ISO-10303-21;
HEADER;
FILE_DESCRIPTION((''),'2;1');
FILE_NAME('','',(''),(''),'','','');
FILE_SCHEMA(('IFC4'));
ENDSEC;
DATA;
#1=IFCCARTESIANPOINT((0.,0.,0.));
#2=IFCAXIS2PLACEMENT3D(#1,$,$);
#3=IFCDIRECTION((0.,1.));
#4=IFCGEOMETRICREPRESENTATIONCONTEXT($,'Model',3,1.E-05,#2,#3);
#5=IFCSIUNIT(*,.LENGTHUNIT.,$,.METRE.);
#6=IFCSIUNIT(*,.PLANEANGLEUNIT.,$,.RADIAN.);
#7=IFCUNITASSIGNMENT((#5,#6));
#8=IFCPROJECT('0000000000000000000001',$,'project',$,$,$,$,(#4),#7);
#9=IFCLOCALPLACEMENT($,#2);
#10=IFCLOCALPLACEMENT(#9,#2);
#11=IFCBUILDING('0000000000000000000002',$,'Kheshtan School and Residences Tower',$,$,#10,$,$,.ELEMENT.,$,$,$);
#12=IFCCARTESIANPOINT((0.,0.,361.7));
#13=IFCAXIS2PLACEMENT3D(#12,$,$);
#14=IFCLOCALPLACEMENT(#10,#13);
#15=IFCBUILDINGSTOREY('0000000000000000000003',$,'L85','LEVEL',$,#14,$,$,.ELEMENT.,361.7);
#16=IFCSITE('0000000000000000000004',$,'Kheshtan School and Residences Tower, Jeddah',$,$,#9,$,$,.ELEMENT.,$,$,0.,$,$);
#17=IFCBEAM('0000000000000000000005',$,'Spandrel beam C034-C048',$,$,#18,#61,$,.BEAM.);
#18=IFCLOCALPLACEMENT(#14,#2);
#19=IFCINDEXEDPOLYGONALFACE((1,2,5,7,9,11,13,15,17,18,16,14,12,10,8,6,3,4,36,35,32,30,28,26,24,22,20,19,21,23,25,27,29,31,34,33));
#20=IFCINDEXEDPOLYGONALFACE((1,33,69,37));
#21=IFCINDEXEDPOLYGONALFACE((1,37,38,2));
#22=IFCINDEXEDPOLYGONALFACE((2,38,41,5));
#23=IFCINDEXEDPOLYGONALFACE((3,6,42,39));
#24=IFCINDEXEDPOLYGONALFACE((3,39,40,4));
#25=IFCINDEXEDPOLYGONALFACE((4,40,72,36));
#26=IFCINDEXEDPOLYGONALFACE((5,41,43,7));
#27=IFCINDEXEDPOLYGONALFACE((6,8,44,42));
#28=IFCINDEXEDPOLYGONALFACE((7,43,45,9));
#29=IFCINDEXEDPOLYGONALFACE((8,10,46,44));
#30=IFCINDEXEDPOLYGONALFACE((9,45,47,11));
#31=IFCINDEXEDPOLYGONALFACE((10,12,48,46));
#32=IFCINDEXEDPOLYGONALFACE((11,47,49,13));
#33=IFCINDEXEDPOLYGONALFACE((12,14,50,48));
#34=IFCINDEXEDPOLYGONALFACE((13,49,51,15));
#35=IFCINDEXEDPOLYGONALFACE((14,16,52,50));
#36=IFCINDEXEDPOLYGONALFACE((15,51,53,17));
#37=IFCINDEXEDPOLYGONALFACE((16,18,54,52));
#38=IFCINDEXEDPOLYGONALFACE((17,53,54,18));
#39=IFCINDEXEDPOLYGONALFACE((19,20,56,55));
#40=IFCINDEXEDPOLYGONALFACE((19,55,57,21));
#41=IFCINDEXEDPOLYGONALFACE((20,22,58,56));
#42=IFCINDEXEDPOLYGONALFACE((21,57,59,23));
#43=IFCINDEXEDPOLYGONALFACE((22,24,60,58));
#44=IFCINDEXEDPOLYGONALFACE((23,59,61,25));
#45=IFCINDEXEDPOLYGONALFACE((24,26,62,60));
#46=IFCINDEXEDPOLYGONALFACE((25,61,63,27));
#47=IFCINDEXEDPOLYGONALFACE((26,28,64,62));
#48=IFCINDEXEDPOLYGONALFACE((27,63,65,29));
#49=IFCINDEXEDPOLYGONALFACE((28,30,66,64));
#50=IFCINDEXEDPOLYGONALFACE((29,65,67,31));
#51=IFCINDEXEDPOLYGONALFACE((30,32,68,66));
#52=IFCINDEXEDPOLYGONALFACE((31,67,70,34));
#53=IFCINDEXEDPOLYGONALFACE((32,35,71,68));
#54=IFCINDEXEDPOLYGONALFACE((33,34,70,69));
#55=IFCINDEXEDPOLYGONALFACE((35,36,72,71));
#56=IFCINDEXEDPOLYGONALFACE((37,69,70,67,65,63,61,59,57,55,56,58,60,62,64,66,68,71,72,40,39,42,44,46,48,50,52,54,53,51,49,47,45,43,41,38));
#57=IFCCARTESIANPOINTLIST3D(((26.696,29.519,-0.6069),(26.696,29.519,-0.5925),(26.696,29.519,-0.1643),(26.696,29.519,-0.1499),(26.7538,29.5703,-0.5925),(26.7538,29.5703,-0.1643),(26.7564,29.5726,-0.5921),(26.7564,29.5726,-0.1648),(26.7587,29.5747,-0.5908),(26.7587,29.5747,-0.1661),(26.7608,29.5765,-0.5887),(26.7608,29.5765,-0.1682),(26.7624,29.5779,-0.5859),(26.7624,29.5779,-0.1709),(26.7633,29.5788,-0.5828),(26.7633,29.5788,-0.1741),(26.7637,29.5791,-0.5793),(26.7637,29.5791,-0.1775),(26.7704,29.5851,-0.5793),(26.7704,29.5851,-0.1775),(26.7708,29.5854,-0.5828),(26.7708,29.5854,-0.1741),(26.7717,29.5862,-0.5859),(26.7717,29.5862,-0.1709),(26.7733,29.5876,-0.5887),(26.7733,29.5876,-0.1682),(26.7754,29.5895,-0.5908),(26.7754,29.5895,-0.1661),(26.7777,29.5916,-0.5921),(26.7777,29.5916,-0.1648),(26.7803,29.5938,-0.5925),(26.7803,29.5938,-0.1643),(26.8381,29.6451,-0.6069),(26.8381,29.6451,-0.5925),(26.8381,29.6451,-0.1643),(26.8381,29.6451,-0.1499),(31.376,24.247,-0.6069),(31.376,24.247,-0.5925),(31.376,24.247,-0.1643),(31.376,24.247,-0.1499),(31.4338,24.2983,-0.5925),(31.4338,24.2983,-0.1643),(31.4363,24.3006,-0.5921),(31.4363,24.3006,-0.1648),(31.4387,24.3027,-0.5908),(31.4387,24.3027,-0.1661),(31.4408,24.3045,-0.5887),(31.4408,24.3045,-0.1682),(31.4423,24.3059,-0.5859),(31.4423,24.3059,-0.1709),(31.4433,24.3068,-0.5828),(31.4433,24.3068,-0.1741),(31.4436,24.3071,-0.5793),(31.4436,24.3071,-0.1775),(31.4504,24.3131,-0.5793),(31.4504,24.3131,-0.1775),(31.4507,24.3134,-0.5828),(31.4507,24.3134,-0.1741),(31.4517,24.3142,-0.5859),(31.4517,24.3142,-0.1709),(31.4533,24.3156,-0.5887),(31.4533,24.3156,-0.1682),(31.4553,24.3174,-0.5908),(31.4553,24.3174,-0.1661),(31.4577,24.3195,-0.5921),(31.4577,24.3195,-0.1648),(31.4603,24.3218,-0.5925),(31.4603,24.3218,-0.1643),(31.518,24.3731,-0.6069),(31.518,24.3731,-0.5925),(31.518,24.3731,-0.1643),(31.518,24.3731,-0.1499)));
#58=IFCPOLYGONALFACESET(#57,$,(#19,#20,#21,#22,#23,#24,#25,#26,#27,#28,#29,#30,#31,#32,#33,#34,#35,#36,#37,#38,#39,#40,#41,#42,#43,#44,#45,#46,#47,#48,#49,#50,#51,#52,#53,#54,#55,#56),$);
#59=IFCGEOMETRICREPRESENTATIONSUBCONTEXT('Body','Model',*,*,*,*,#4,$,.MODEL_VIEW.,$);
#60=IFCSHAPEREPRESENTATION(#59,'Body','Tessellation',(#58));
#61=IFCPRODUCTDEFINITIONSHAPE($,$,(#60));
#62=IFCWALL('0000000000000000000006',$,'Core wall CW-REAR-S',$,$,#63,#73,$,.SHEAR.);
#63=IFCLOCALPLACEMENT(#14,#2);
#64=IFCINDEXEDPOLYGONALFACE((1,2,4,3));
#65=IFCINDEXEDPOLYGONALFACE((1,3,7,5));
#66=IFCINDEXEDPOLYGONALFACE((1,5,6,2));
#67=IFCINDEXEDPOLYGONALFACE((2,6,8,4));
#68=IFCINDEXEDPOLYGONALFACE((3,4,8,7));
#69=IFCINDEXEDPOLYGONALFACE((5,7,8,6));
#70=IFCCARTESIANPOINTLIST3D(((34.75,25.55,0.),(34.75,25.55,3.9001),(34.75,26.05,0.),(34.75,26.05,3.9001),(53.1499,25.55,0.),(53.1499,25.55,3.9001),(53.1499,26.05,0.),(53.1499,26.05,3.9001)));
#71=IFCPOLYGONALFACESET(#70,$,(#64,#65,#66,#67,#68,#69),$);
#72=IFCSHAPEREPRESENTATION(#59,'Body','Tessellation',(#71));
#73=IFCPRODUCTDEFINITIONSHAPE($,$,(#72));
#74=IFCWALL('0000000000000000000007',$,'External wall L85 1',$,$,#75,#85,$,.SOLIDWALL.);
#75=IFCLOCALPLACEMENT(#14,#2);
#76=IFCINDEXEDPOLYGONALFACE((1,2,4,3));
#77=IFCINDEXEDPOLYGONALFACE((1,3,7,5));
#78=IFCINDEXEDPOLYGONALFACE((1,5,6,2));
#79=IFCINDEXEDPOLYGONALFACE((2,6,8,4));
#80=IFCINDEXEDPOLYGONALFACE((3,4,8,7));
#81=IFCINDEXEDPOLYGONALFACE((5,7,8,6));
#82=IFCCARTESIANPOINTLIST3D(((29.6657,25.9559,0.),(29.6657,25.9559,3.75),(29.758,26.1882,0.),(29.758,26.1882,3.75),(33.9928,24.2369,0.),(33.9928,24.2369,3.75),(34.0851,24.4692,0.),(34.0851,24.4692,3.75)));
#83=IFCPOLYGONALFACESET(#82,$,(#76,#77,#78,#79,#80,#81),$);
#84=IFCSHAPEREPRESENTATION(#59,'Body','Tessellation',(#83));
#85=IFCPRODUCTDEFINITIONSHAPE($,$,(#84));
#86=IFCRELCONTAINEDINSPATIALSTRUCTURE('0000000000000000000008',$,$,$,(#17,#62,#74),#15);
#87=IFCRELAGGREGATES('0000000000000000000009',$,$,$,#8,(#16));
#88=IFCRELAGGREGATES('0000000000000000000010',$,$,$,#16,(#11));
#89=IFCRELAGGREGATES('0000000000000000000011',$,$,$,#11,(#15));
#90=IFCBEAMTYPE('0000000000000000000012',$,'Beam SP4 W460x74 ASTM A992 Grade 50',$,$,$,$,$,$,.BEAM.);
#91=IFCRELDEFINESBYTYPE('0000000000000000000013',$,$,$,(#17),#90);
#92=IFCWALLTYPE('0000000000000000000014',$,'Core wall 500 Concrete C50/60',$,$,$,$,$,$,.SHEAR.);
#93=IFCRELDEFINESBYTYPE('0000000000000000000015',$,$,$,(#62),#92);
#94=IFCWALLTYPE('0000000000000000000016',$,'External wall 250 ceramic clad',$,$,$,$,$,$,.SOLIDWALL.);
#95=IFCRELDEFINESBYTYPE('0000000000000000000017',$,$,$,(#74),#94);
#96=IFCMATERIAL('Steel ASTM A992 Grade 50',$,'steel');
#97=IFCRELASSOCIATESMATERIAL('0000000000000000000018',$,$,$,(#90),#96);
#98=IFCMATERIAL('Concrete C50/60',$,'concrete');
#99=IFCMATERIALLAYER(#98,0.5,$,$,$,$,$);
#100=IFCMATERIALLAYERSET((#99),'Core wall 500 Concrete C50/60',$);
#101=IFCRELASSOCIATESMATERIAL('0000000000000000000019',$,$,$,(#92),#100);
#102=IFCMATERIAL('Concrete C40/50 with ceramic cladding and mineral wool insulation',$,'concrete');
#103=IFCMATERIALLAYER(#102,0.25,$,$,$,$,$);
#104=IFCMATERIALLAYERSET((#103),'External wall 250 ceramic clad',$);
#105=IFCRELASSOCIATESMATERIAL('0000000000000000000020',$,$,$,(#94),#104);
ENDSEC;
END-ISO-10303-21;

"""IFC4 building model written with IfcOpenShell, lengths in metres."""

from ifc_helpers import new_model, si_unit, direction, frame, frame_2d, origin, origin_2d, place, context, subcontext, project, spatial, rectangle, i_section, extrude, material, layer, layer_set, material_profile, profile_set, type_object, element, save


model = new_model("IFC4")

# Units and contexts
model_context = context("Model", 3, precision=1e-05, world=origin(), true_north=direction((0.0, 1.0)))
body_context = subcontext(model_context, "Body", "Model", "MODEL_VIEW")
ifc_project = project(units=[si_unit("LENGTHUNIT", "METRE"), si_unit("PLANEANGLEUNIT", "RADIAN")], contexts=[model_context])

# Site, building, storey
site_placement = place(None, origin())
site = spatial("IfcSite", under=ifc_project, at=site_placement, Name="Kheshtan School and Residences Tower, Jeddah", CompositionType="ELEMENT", RefElevation=0.0)
building_placement = place(site_placement, origin())
building = spatial("IfcBuilding", under=site, at=building_placement, Name="Kheshtan School and Residences Tower", CompositionType="ELEMENT")
storey_placement = place(building_placement, frame((0.0, 0.0, 361.7)))
storey = spatial("IfcBuildingStorey", under=building, at=storey_placement, Name="L85", Description="LEVEL", CompositionType="ELEMENT", Elevation=361.7)

# Shared definitions
ifc_material_1 = material(Name="Steel ASTM A992 Grade 50", Category="steel")

# Beam
ifc_material_profile_1 = material_profile(ifc_material_1, i_section(OverallWidth=0.1899, OverallDepth=0.457, WebThickness=0.009, FlangeThickness=0.0144, FilletRadius=0.0132, at=origin_2d()), Name="W460x74")
ifc_profile_set_1 = profile_set([ifc_material_profile_1], Name="Steel ASTM A992 Grade 50")
beam_type_1 = type_object("IfcBeamType", Name="Beam SP4 W460x74 ASTM A992 Grade 50", PredefinedType="BEAM", material=ifc_profile_set_1)
beam_1_placement = place(storey_placement, frame((31.447, 24.3101, -0.3784), z_axis=(-0.663867, 0.747851, 0.0), x_axis=(-0.747851, -0.663867, 0.0)))
element("IfcBeam", 1, at=beam_1_placement, inside=storey, type_object=beam_type_1, Name="Spandrel beam C034-C048", PredefinedType="BEAM", context=body_context, shape_type="SweptSolid", body=[
    extrude(i_section(OverallWidth=0.1899, OverallDepth=0.457, WebThickness=0.009, FlangeThickness=0.0144, FilletRadius=0.0132, at=origin_2d()), origin(), (0.0, 0.0, 1.0), 7.0496),
])

# Walls
ifc_material_2 = material(Name="Concrete C50/60", Category="concrete")
ifc_layer_1 = layer(ifc_material_2, 0.5)
ifc_layer_set_1 = layer_set([ifc_layer_1], Name="Core wall 500 Concrete C50/60")
wall_type_1 = type_object("IfcWallType", Name="Core wall 500 Concrete C50/60", PredefinedType="SHEAR", material=ifc_layer_set_1)
wall_1_placement = place(storey_placement, frame((34.75, 25.8, 0.0), z_axis=(0.0, 0.0, 1.0), x_axis=(1.0, 0.0, 0.0)))
element("IfcWall", 2, at=wall_1_placement, inside=storey, type_object=wall_type_1, Name="Core wall CW-REAR-S", PredefinedType="SHEAR", context=body_context, shape_type="SweptSolid", body=[
    extrude(rectangle(XDim=18.3999, YDim=0.5, at=frame_2d((9.2, 0.0))), origin(), (0.0, 0.0, 1.0), 3.9001),
])
ifc_material_3 = material(Name="Concrete C40/50 with ceramic cladding and mineral wool insulation", Category="concrete")
ifc_layer_2 = layer(ifc_material_3, 0.25)
ifc_layer_set_2 = layer_set([ifc_layer_2], Name="External wall 250 ceramic clad")
wall_type_2 = type_object("IfcWallType", Name="External wall 250 ceramic clad", PredefinedType="SOLIDWALL", material=ifc_layer_set_2)
wall_2_placement = place(storey_placement, frame((34.0391, 24.353, 0.0), z_axis=(0.0, 0.0, 1.0), x_axis=(-0.929353, 0.369193, 0.0)))
element("IfcWall", 3, at=wall_2_placement, inside=storey, type_object=wall_type_2, Name="External wall L85 1", PredefinedType="SOLIDWALL", context=body_context, shape_type="SweptSolid", body=[
    extrude(rectangle(XDim=4.656, YDim=0.25, at=frame_2d((2.3281, 0.0))), origin(), (0.0, 0.0, 1.0), 3.75),
])

save(model, "model.ifc")
